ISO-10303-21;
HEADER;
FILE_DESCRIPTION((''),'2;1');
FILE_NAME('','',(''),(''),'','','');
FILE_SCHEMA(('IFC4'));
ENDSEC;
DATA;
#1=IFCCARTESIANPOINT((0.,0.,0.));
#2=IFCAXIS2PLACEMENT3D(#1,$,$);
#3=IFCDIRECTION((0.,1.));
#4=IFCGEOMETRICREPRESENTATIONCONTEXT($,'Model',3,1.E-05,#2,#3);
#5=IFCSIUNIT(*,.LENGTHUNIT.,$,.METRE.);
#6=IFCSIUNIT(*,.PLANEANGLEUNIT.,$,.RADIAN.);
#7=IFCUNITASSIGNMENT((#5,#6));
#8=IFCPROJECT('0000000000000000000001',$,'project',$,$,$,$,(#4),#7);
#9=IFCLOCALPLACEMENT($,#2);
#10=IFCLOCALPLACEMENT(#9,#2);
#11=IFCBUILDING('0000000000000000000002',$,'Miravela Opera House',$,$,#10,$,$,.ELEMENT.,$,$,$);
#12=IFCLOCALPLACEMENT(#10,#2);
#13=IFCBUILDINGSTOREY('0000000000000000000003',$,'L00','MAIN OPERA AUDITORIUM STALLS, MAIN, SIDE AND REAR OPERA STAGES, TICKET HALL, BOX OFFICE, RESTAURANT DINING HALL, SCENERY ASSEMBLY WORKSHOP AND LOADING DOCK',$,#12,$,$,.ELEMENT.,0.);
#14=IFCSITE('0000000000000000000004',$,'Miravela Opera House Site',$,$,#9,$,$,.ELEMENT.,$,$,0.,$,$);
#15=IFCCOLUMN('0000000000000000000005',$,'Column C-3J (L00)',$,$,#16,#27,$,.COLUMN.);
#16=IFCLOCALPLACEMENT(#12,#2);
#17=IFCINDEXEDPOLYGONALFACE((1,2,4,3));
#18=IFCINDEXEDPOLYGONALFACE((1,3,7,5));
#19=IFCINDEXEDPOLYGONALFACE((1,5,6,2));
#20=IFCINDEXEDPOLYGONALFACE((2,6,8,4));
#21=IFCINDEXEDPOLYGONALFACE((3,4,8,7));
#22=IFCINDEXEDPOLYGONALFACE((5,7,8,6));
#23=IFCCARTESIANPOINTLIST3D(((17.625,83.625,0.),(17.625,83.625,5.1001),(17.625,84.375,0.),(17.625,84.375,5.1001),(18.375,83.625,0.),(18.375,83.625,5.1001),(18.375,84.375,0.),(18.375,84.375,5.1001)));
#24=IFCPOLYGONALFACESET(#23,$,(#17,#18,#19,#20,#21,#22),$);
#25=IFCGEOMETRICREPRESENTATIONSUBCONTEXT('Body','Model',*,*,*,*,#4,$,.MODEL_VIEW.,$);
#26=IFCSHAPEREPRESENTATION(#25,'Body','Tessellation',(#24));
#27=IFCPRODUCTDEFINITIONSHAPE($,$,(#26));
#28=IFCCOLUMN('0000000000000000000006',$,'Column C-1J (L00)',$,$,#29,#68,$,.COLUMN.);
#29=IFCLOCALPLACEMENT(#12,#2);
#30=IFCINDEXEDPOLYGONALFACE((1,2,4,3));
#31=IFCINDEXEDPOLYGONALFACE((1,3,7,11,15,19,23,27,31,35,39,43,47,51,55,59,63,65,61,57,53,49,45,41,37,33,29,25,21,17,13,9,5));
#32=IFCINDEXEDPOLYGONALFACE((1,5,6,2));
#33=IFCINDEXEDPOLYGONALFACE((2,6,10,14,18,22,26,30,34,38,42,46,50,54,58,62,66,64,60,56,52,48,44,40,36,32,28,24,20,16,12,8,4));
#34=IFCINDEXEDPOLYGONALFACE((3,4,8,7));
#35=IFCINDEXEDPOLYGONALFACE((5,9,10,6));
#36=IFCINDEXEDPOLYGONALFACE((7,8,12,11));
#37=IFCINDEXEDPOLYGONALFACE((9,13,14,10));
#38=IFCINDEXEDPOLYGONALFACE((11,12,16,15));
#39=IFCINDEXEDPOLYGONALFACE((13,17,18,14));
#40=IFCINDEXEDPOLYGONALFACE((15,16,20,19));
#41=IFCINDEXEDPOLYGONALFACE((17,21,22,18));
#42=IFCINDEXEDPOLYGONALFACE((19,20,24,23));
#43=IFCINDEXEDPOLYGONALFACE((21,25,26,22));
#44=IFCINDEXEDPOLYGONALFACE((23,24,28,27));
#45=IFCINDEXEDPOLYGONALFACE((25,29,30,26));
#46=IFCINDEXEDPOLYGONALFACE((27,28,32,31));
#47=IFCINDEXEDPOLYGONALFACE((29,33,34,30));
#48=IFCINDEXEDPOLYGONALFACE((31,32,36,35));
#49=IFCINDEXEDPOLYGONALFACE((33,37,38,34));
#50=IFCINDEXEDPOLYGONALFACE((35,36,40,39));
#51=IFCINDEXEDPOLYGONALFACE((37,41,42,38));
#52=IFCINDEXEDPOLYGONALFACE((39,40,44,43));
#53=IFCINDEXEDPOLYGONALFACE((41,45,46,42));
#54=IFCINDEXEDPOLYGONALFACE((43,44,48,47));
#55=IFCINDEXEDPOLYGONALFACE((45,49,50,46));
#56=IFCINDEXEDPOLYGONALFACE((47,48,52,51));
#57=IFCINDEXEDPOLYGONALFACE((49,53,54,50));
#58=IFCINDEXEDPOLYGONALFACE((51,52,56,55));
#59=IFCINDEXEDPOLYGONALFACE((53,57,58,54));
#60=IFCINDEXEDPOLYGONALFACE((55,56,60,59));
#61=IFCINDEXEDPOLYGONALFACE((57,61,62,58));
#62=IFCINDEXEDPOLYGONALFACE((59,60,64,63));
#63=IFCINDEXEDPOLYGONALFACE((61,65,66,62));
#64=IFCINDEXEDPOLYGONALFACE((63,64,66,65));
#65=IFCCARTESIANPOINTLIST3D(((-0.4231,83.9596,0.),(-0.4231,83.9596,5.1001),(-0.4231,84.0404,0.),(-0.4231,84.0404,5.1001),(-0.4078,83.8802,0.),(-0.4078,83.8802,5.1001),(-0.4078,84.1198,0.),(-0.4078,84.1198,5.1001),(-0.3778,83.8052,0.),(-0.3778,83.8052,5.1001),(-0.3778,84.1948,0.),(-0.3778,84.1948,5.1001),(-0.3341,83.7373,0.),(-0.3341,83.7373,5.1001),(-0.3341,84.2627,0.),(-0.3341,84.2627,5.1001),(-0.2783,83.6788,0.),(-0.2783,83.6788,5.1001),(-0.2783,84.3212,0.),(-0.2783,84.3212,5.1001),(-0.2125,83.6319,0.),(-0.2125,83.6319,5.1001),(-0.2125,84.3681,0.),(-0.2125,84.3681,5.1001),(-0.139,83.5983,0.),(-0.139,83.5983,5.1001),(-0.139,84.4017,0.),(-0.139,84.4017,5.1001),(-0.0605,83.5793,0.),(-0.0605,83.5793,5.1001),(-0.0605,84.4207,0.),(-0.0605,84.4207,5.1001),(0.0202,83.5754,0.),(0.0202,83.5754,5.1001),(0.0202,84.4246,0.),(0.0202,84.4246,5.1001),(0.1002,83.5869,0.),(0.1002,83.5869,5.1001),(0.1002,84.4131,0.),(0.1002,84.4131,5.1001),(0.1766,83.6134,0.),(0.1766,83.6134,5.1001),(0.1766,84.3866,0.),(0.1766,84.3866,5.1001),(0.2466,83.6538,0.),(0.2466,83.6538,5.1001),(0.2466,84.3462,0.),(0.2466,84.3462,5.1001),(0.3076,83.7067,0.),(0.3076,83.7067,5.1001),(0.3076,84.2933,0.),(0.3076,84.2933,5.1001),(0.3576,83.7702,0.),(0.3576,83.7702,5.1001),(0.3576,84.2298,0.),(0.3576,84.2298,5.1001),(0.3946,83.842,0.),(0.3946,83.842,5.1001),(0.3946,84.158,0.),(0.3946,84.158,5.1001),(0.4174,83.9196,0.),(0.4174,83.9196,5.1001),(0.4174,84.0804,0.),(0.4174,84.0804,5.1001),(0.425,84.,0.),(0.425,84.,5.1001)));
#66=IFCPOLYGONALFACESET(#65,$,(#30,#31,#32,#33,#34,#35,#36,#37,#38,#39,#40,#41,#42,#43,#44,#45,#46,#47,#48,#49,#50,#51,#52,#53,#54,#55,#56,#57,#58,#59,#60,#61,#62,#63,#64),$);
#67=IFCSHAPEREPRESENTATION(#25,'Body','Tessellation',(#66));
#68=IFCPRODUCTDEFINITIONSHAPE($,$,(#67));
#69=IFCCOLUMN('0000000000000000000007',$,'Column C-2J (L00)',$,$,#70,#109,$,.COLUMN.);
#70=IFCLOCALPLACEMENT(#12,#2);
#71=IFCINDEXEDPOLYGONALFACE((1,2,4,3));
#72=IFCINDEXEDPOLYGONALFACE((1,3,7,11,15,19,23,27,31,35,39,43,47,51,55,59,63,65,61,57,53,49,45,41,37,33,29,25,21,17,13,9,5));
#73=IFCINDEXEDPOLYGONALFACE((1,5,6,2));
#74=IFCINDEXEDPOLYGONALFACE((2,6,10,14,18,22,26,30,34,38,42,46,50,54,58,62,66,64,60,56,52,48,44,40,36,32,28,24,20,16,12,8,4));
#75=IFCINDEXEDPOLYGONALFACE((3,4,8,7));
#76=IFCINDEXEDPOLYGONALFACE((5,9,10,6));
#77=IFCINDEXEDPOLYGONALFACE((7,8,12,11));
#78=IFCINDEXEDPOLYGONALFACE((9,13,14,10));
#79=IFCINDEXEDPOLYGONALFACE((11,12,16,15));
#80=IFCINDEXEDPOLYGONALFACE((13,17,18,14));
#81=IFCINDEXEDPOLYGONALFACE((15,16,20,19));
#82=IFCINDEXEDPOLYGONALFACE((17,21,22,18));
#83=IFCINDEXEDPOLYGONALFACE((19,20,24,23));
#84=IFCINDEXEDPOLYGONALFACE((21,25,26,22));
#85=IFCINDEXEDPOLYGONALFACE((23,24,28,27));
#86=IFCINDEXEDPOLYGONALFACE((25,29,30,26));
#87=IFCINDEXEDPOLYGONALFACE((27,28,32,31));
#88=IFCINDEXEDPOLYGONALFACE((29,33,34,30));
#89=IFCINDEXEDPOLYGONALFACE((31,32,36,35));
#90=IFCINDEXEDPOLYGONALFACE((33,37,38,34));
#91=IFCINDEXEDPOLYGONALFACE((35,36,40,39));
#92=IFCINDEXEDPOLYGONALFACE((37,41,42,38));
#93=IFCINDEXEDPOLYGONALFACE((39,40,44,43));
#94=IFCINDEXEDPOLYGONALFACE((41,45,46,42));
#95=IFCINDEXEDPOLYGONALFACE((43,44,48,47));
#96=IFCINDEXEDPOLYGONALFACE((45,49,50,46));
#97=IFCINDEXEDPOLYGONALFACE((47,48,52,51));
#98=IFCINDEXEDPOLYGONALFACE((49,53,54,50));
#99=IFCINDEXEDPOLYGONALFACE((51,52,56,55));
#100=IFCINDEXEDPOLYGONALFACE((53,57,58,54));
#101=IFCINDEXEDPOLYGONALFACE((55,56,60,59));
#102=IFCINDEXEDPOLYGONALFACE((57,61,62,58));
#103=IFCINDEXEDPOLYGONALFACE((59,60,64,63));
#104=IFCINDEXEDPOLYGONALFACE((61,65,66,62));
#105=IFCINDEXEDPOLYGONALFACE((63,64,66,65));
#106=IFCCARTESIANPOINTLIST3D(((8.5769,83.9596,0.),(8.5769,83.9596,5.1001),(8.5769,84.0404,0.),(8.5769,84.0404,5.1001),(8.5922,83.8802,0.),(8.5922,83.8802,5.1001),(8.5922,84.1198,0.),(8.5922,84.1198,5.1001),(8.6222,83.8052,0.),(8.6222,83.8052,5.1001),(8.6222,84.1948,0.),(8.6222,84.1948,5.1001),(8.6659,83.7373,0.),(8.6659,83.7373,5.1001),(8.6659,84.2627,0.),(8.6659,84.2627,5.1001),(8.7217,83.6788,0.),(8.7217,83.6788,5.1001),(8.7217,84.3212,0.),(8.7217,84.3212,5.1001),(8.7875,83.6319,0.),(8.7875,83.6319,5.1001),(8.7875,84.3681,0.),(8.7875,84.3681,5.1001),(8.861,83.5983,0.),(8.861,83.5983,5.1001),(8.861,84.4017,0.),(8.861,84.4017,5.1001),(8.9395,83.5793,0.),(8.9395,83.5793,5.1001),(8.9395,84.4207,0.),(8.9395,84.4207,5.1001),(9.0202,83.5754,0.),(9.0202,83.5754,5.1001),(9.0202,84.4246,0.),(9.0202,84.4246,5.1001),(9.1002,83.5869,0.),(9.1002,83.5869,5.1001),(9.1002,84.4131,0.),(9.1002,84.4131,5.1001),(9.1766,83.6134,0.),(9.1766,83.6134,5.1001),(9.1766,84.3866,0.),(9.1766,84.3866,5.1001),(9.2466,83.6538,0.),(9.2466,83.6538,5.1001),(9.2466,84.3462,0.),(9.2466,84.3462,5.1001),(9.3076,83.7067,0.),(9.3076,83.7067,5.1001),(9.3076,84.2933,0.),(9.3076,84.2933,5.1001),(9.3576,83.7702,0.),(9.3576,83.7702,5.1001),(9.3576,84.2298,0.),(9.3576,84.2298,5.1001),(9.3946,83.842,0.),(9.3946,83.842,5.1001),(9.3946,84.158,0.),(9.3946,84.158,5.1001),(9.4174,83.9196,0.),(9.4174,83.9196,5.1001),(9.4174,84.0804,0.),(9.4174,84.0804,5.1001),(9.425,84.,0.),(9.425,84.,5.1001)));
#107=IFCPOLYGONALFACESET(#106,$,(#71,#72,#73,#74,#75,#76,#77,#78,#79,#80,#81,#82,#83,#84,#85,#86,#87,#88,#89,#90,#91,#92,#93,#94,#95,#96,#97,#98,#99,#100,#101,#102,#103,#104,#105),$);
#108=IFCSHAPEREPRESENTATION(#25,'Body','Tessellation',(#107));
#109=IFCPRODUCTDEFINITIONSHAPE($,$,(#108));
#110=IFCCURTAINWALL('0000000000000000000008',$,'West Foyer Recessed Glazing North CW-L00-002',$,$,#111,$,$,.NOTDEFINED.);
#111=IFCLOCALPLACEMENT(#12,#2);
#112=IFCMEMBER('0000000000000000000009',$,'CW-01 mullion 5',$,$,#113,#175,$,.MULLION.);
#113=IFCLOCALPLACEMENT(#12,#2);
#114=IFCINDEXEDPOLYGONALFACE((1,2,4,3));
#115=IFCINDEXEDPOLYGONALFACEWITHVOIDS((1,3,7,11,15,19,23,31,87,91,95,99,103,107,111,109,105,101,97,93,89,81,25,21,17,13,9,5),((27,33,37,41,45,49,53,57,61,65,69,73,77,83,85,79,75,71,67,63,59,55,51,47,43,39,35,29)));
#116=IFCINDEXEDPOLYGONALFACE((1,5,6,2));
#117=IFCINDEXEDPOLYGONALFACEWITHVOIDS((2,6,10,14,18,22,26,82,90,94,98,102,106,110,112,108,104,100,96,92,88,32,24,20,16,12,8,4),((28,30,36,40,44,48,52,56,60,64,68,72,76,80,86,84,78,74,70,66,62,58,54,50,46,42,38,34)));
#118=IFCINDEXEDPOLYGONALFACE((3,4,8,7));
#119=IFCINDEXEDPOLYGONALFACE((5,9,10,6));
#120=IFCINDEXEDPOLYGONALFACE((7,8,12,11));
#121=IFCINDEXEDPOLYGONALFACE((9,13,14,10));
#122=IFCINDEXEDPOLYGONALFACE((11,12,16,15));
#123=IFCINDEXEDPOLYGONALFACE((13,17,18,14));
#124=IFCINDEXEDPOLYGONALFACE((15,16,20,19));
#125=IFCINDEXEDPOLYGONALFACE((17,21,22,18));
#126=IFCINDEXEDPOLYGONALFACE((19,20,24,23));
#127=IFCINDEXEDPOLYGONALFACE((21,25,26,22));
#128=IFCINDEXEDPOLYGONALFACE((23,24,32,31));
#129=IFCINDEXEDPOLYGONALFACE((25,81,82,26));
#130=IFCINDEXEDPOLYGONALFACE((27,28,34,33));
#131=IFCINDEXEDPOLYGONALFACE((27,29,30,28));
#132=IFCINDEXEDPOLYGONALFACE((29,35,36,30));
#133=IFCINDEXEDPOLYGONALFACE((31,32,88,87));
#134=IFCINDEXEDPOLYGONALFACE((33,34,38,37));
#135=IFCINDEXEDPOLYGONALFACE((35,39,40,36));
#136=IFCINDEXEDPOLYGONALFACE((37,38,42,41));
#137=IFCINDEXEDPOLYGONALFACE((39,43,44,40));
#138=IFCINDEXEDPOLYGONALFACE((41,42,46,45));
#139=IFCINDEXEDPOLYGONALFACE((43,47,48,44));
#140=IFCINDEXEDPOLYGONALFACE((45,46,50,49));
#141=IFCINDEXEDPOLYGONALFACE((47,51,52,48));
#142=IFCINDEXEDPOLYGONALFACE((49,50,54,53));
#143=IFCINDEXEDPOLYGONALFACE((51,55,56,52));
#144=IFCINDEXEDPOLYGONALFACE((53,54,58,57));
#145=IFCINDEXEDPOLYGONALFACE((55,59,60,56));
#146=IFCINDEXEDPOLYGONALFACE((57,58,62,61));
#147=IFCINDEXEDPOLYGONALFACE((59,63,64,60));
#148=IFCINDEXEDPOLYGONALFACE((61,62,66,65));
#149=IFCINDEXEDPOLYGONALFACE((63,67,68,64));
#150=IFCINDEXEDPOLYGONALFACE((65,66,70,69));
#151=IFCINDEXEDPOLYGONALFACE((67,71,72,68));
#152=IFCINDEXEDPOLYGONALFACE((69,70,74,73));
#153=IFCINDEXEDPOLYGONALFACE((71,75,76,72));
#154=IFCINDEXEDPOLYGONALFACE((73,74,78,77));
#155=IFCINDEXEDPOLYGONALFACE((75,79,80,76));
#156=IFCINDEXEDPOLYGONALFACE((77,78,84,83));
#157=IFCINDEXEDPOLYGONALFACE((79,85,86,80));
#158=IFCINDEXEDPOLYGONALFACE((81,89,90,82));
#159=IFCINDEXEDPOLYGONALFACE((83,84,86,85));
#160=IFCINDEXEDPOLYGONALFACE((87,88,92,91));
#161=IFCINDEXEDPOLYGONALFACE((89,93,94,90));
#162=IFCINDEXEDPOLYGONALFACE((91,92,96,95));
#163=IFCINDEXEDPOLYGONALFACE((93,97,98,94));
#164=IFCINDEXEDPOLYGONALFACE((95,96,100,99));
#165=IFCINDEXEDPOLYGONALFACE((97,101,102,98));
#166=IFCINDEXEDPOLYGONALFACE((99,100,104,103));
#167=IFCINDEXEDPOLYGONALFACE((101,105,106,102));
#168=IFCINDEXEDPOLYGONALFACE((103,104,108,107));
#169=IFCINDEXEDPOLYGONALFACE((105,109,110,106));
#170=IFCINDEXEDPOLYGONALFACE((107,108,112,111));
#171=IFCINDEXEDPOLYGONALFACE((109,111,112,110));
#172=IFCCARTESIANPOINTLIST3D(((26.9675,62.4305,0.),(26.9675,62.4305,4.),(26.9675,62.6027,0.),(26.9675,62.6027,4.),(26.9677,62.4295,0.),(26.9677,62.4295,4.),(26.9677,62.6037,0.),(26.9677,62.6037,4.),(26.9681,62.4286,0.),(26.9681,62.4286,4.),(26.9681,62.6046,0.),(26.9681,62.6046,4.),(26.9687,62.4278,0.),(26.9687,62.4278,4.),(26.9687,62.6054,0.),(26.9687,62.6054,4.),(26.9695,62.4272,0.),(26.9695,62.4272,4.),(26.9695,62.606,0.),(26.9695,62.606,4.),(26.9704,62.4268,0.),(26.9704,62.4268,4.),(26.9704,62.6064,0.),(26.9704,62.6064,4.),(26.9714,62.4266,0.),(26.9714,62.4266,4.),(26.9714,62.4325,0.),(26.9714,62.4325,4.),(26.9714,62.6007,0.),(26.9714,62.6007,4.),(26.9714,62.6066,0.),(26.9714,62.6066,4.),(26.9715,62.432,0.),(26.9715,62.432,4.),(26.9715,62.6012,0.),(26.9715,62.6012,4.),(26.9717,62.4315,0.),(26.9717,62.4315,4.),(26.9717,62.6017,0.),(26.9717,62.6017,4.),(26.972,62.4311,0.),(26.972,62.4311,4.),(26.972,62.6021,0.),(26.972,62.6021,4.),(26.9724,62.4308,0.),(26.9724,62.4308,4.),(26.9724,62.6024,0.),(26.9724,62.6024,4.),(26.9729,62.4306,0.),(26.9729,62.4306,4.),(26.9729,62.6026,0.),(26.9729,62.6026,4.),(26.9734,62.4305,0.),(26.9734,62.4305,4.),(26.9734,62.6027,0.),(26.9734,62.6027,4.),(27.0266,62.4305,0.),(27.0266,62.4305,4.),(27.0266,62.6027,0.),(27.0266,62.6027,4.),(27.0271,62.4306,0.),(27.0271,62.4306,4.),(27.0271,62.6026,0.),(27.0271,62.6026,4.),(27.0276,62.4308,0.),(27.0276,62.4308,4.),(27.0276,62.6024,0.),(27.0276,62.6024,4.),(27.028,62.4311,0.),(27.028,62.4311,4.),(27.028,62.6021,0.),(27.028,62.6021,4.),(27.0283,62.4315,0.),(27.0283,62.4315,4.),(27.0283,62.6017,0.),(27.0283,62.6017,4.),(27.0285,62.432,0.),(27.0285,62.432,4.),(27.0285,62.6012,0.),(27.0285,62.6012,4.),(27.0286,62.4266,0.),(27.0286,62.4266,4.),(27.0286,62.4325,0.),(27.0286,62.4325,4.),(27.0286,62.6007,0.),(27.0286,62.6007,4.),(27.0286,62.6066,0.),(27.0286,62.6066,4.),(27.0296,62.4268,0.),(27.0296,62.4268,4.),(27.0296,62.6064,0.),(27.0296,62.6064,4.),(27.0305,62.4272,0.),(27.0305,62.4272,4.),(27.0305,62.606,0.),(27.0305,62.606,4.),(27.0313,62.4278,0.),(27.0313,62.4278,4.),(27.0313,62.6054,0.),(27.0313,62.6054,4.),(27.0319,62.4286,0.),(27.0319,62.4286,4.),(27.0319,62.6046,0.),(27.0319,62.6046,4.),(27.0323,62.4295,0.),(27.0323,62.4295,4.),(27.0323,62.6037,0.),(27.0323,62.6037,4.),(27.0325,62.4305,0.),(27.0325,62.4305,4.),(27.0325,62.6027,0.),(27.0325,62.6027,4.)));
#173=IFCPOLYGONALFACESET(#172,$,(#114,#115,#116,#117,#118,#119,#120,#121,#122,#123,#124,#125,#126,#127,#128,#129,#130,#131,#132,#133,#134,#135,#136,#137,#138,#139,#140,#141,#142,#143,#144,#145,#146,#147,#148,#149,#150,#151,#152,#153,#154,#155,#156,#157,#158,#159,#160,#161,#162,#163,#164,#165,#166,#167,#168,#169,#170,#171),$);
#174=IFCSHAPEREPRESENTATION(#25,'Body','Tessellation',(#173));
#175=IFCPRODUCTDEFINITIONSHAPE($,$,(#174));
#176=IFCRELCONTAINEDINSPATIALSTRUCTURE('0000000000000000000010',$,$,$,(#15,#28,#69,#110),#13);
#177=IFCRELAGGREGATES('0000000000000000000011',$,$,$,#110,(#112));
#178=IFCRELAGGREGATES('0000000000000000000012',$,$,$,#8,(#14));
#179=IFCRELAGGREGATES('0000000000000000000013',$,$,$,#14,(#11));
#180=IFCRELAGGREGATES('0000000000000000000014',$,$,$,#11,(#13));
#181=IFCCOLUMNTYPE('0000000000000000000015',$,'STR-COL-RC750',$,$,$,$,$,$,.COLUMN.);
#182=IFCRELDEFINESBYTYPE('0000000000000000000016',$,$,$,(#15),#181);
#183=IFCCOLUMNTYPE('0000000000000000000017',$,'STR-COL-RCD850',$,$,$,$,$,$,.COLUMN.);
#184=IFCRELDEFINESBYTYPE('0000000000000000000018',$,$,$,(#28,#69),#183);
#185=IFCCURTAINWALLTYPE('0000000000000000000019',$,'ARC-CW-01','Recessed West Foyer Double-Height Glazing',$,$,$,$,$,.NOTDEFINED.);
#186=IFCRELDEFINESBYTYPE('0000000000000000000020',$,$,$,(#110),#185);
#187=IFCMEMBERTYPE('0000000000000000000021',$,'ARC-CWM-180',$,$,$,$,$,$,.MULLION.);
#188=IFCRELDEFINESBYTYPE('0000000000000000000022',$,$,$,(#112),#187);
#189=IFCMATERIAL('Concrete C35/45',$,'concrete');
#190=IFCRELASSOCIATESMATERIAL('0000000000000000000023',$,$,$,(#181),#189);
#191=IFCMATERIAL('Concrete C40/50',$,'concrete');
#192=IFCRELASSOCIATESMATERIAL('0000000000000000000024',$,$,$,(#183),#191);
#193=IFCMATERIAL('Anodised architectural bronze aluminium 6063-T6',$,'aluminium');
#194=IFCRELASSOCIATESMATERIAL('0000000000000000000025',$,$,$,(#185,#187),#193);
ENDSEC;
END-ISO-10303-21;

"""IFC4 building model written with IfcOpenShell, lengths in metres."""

from ifc_helpers import new_model, si_unit, direction, frame, origin, origin_2d, place, context, subcontext, project, spatial, rectangle, hollow_rectangle, circle, extrude, material, material_profile, profile_set, type_object, element, aggregate, save


model = new_model("IFC4")

# Units and contexts
model_context = context("Model", 3, precision=1e-05, world=origin(), true_north=direction((0.0, 1.0)))
body_context = subcontext(model_context, "Body", "Model", "MODEL_VIEW")
ifc_project = project(units=[si_unit("LENGTHUNIT", "METRE"), si_unit("PLANEANGLEUNIT", "RADIAN")], contexts=[model_context])

# Site, building, storey
site_placement = place(None, origin())
site = spatial("IfcSite", under=ifc_project, at=site_placement, Name="Miravela Opera House Site", CompositionType="ELEMENT", RefElevation=0.0)
building_placement = place(site_placement, origin())
building = spatial("IfcBuilding", under=site, at=building_placement, Name="Miravela Opera House", CompositionType="ELEMENT")
storey_placement = place(building_placement, origin())
storey = spatial("IfcBuildingStorey", under=building, at=storey_placement, Name="L00", Description="MAIN OPERA AUDITORIUM STALLS, MAIN, SIDE AND REAR OPERA STAGES, TICKET HALL, BOX OFFICE, RESTAURANT DINING HALL, SCENERY ASSEMBLY WORKSHOP AND LOADING DOCK", CompositionType="ELEMENT", Elevation=0.0)

# Columns
ifc_material_1 = material(Name="Concrete C35/45", Category="concrete")
ifc_material_profile_1 = material_profile(ifc_material_1, rectangle(XDim=0.75, YDim=0.75, at=origin_2d()), Name="RC-COL-750X750")
ifc_profile_set_1 = profile_set([ifc_material_profile_1])
column_type_1 = type_object("IfcColumnType", Name="STR-COL-RC750", PredefinedType="COLUMN", material=ifc_profile_set_1)
column_placement = place(storey_placement, frame((18.0, 84.0, 0.0), z_axis=(0.0, 0.0, 1.0), x_axis=(1.0, 0.0, 0.0)))
element("IfcColumn", 1, at=column_placement, inside=storey, type_object=column_type_1, Name="Column C-3J (L00)", PredefinedType="COLUMN", context=body_context, shape_type="SweptSolid", body=[
    extrude(rectangle(XDim=0.75, YDim=0.75, at=origin_2d()), origin(), (0.0, 0.0, 1.0), 5.1001),
])
ifc_material_2 = material(Name="Concrete C40/50", Category="concrete")
ifc_material_profile_2 = material_profile(ifc_material_2, circle(Radius=0.425, at=origin_2d()), Name="RC-COL-D850")
ifc_profile_set_2 = profile_set([ifc_material_profile_2])
column_type_2 = type_object("IfcColumnType", Name="STR-COL-RCD850", PredefinedType="COLUMN", material=ifc_profile_set_2)
for number, where, z_axis, x_axis, name in (
    (2, (0.0, 84.0, 0.0), (0.0, 0.0, 1.0), (1.0, 0.0, 0.0), "Column C-1J (L00)"),
    (3, (9.0, 84.0, 0.0), (0.0, 0.0, 1.0), (1.0, 0.0, 0.0), "Column C-2J (L00)"),
):
    element("IfcColumn", number, at=place(storey_placement, frame(where, z_axis=z_axis, x_axis=x_axis)), inside=storey, type_object=column_type_2, Name=name, PredefinedType="COLUMN", context=body_context, shape_type="SweptSolid", body=[
        extrude(circle(Radius=0.425, at=origin_2d()), origin(), (0.0, 0.0, 1.0), 5.1001),
    ])

# Curtain wall, member
ifc_material_3 = material(Name="Anodised architectural bronze aluminium 6063-T6", Category="aluminium")
curtain_wall_type = type_object("IfcCurtainWallType", Name="ARC-CW-01", Description="Recessed West Foyer Double-Height Glazing", PredefinedType="NOTDEFINED", material=ifc_material_3)
curtain_wall_placement = place(storey_placement, origin())
curtain_wall = element("IfcCurtainWall", 4, at=curtain_wall_placement, inside=storey, type_object=curtain_wall_type, Name="West Foyer Recessed Glazing North CW-L00-002", PredefinedType="NOTDEFINED")
ifc_material_profile_3 = material_profile(ifc_material_3, hollow_rectangle(XDim=0.0649, YDim=0.1799, WallThickness=0.0039, InnerFilletRadius=0.002, OuterFilletRadius=0.0039, at=origin_2d()), Name="CWM-65X180")
ifc_profile_set_3 = profile_set([ifc_material_profile_3])
member_type_1 = type_object("IfcMemberType", Name="ARC-CWM-180", PredefinedType="MULLION", material=ifc_profile_set_3)
member_1_placement = place(storey_placement, frame((27.0, 62.5166, 0.0), z_axis=(0.0, 0.0, 1.0), x_axis=(-1.0, 0.0, 0.0)))
member_1 = element("IfcMember", 5, at=member_1_placement, type_object=member_type_1, Name="CW-01 mullion 5", PredefinedType="MULLION", context=body_context, shape_type="SweptSolid", body=[
    extrude(hollow_rectangle(XDim=0.0649, YDim=0.1799, WallThickness=0.0039, InnerFilletRadius=0.002, OuterFilletRadius=0.0039, at=origin_2d()), origin(), (0.0, 0.0, 1.0), 4.0),
])

aggregate(curtain_wall, [member_1])

save(model, "model.ifc")
